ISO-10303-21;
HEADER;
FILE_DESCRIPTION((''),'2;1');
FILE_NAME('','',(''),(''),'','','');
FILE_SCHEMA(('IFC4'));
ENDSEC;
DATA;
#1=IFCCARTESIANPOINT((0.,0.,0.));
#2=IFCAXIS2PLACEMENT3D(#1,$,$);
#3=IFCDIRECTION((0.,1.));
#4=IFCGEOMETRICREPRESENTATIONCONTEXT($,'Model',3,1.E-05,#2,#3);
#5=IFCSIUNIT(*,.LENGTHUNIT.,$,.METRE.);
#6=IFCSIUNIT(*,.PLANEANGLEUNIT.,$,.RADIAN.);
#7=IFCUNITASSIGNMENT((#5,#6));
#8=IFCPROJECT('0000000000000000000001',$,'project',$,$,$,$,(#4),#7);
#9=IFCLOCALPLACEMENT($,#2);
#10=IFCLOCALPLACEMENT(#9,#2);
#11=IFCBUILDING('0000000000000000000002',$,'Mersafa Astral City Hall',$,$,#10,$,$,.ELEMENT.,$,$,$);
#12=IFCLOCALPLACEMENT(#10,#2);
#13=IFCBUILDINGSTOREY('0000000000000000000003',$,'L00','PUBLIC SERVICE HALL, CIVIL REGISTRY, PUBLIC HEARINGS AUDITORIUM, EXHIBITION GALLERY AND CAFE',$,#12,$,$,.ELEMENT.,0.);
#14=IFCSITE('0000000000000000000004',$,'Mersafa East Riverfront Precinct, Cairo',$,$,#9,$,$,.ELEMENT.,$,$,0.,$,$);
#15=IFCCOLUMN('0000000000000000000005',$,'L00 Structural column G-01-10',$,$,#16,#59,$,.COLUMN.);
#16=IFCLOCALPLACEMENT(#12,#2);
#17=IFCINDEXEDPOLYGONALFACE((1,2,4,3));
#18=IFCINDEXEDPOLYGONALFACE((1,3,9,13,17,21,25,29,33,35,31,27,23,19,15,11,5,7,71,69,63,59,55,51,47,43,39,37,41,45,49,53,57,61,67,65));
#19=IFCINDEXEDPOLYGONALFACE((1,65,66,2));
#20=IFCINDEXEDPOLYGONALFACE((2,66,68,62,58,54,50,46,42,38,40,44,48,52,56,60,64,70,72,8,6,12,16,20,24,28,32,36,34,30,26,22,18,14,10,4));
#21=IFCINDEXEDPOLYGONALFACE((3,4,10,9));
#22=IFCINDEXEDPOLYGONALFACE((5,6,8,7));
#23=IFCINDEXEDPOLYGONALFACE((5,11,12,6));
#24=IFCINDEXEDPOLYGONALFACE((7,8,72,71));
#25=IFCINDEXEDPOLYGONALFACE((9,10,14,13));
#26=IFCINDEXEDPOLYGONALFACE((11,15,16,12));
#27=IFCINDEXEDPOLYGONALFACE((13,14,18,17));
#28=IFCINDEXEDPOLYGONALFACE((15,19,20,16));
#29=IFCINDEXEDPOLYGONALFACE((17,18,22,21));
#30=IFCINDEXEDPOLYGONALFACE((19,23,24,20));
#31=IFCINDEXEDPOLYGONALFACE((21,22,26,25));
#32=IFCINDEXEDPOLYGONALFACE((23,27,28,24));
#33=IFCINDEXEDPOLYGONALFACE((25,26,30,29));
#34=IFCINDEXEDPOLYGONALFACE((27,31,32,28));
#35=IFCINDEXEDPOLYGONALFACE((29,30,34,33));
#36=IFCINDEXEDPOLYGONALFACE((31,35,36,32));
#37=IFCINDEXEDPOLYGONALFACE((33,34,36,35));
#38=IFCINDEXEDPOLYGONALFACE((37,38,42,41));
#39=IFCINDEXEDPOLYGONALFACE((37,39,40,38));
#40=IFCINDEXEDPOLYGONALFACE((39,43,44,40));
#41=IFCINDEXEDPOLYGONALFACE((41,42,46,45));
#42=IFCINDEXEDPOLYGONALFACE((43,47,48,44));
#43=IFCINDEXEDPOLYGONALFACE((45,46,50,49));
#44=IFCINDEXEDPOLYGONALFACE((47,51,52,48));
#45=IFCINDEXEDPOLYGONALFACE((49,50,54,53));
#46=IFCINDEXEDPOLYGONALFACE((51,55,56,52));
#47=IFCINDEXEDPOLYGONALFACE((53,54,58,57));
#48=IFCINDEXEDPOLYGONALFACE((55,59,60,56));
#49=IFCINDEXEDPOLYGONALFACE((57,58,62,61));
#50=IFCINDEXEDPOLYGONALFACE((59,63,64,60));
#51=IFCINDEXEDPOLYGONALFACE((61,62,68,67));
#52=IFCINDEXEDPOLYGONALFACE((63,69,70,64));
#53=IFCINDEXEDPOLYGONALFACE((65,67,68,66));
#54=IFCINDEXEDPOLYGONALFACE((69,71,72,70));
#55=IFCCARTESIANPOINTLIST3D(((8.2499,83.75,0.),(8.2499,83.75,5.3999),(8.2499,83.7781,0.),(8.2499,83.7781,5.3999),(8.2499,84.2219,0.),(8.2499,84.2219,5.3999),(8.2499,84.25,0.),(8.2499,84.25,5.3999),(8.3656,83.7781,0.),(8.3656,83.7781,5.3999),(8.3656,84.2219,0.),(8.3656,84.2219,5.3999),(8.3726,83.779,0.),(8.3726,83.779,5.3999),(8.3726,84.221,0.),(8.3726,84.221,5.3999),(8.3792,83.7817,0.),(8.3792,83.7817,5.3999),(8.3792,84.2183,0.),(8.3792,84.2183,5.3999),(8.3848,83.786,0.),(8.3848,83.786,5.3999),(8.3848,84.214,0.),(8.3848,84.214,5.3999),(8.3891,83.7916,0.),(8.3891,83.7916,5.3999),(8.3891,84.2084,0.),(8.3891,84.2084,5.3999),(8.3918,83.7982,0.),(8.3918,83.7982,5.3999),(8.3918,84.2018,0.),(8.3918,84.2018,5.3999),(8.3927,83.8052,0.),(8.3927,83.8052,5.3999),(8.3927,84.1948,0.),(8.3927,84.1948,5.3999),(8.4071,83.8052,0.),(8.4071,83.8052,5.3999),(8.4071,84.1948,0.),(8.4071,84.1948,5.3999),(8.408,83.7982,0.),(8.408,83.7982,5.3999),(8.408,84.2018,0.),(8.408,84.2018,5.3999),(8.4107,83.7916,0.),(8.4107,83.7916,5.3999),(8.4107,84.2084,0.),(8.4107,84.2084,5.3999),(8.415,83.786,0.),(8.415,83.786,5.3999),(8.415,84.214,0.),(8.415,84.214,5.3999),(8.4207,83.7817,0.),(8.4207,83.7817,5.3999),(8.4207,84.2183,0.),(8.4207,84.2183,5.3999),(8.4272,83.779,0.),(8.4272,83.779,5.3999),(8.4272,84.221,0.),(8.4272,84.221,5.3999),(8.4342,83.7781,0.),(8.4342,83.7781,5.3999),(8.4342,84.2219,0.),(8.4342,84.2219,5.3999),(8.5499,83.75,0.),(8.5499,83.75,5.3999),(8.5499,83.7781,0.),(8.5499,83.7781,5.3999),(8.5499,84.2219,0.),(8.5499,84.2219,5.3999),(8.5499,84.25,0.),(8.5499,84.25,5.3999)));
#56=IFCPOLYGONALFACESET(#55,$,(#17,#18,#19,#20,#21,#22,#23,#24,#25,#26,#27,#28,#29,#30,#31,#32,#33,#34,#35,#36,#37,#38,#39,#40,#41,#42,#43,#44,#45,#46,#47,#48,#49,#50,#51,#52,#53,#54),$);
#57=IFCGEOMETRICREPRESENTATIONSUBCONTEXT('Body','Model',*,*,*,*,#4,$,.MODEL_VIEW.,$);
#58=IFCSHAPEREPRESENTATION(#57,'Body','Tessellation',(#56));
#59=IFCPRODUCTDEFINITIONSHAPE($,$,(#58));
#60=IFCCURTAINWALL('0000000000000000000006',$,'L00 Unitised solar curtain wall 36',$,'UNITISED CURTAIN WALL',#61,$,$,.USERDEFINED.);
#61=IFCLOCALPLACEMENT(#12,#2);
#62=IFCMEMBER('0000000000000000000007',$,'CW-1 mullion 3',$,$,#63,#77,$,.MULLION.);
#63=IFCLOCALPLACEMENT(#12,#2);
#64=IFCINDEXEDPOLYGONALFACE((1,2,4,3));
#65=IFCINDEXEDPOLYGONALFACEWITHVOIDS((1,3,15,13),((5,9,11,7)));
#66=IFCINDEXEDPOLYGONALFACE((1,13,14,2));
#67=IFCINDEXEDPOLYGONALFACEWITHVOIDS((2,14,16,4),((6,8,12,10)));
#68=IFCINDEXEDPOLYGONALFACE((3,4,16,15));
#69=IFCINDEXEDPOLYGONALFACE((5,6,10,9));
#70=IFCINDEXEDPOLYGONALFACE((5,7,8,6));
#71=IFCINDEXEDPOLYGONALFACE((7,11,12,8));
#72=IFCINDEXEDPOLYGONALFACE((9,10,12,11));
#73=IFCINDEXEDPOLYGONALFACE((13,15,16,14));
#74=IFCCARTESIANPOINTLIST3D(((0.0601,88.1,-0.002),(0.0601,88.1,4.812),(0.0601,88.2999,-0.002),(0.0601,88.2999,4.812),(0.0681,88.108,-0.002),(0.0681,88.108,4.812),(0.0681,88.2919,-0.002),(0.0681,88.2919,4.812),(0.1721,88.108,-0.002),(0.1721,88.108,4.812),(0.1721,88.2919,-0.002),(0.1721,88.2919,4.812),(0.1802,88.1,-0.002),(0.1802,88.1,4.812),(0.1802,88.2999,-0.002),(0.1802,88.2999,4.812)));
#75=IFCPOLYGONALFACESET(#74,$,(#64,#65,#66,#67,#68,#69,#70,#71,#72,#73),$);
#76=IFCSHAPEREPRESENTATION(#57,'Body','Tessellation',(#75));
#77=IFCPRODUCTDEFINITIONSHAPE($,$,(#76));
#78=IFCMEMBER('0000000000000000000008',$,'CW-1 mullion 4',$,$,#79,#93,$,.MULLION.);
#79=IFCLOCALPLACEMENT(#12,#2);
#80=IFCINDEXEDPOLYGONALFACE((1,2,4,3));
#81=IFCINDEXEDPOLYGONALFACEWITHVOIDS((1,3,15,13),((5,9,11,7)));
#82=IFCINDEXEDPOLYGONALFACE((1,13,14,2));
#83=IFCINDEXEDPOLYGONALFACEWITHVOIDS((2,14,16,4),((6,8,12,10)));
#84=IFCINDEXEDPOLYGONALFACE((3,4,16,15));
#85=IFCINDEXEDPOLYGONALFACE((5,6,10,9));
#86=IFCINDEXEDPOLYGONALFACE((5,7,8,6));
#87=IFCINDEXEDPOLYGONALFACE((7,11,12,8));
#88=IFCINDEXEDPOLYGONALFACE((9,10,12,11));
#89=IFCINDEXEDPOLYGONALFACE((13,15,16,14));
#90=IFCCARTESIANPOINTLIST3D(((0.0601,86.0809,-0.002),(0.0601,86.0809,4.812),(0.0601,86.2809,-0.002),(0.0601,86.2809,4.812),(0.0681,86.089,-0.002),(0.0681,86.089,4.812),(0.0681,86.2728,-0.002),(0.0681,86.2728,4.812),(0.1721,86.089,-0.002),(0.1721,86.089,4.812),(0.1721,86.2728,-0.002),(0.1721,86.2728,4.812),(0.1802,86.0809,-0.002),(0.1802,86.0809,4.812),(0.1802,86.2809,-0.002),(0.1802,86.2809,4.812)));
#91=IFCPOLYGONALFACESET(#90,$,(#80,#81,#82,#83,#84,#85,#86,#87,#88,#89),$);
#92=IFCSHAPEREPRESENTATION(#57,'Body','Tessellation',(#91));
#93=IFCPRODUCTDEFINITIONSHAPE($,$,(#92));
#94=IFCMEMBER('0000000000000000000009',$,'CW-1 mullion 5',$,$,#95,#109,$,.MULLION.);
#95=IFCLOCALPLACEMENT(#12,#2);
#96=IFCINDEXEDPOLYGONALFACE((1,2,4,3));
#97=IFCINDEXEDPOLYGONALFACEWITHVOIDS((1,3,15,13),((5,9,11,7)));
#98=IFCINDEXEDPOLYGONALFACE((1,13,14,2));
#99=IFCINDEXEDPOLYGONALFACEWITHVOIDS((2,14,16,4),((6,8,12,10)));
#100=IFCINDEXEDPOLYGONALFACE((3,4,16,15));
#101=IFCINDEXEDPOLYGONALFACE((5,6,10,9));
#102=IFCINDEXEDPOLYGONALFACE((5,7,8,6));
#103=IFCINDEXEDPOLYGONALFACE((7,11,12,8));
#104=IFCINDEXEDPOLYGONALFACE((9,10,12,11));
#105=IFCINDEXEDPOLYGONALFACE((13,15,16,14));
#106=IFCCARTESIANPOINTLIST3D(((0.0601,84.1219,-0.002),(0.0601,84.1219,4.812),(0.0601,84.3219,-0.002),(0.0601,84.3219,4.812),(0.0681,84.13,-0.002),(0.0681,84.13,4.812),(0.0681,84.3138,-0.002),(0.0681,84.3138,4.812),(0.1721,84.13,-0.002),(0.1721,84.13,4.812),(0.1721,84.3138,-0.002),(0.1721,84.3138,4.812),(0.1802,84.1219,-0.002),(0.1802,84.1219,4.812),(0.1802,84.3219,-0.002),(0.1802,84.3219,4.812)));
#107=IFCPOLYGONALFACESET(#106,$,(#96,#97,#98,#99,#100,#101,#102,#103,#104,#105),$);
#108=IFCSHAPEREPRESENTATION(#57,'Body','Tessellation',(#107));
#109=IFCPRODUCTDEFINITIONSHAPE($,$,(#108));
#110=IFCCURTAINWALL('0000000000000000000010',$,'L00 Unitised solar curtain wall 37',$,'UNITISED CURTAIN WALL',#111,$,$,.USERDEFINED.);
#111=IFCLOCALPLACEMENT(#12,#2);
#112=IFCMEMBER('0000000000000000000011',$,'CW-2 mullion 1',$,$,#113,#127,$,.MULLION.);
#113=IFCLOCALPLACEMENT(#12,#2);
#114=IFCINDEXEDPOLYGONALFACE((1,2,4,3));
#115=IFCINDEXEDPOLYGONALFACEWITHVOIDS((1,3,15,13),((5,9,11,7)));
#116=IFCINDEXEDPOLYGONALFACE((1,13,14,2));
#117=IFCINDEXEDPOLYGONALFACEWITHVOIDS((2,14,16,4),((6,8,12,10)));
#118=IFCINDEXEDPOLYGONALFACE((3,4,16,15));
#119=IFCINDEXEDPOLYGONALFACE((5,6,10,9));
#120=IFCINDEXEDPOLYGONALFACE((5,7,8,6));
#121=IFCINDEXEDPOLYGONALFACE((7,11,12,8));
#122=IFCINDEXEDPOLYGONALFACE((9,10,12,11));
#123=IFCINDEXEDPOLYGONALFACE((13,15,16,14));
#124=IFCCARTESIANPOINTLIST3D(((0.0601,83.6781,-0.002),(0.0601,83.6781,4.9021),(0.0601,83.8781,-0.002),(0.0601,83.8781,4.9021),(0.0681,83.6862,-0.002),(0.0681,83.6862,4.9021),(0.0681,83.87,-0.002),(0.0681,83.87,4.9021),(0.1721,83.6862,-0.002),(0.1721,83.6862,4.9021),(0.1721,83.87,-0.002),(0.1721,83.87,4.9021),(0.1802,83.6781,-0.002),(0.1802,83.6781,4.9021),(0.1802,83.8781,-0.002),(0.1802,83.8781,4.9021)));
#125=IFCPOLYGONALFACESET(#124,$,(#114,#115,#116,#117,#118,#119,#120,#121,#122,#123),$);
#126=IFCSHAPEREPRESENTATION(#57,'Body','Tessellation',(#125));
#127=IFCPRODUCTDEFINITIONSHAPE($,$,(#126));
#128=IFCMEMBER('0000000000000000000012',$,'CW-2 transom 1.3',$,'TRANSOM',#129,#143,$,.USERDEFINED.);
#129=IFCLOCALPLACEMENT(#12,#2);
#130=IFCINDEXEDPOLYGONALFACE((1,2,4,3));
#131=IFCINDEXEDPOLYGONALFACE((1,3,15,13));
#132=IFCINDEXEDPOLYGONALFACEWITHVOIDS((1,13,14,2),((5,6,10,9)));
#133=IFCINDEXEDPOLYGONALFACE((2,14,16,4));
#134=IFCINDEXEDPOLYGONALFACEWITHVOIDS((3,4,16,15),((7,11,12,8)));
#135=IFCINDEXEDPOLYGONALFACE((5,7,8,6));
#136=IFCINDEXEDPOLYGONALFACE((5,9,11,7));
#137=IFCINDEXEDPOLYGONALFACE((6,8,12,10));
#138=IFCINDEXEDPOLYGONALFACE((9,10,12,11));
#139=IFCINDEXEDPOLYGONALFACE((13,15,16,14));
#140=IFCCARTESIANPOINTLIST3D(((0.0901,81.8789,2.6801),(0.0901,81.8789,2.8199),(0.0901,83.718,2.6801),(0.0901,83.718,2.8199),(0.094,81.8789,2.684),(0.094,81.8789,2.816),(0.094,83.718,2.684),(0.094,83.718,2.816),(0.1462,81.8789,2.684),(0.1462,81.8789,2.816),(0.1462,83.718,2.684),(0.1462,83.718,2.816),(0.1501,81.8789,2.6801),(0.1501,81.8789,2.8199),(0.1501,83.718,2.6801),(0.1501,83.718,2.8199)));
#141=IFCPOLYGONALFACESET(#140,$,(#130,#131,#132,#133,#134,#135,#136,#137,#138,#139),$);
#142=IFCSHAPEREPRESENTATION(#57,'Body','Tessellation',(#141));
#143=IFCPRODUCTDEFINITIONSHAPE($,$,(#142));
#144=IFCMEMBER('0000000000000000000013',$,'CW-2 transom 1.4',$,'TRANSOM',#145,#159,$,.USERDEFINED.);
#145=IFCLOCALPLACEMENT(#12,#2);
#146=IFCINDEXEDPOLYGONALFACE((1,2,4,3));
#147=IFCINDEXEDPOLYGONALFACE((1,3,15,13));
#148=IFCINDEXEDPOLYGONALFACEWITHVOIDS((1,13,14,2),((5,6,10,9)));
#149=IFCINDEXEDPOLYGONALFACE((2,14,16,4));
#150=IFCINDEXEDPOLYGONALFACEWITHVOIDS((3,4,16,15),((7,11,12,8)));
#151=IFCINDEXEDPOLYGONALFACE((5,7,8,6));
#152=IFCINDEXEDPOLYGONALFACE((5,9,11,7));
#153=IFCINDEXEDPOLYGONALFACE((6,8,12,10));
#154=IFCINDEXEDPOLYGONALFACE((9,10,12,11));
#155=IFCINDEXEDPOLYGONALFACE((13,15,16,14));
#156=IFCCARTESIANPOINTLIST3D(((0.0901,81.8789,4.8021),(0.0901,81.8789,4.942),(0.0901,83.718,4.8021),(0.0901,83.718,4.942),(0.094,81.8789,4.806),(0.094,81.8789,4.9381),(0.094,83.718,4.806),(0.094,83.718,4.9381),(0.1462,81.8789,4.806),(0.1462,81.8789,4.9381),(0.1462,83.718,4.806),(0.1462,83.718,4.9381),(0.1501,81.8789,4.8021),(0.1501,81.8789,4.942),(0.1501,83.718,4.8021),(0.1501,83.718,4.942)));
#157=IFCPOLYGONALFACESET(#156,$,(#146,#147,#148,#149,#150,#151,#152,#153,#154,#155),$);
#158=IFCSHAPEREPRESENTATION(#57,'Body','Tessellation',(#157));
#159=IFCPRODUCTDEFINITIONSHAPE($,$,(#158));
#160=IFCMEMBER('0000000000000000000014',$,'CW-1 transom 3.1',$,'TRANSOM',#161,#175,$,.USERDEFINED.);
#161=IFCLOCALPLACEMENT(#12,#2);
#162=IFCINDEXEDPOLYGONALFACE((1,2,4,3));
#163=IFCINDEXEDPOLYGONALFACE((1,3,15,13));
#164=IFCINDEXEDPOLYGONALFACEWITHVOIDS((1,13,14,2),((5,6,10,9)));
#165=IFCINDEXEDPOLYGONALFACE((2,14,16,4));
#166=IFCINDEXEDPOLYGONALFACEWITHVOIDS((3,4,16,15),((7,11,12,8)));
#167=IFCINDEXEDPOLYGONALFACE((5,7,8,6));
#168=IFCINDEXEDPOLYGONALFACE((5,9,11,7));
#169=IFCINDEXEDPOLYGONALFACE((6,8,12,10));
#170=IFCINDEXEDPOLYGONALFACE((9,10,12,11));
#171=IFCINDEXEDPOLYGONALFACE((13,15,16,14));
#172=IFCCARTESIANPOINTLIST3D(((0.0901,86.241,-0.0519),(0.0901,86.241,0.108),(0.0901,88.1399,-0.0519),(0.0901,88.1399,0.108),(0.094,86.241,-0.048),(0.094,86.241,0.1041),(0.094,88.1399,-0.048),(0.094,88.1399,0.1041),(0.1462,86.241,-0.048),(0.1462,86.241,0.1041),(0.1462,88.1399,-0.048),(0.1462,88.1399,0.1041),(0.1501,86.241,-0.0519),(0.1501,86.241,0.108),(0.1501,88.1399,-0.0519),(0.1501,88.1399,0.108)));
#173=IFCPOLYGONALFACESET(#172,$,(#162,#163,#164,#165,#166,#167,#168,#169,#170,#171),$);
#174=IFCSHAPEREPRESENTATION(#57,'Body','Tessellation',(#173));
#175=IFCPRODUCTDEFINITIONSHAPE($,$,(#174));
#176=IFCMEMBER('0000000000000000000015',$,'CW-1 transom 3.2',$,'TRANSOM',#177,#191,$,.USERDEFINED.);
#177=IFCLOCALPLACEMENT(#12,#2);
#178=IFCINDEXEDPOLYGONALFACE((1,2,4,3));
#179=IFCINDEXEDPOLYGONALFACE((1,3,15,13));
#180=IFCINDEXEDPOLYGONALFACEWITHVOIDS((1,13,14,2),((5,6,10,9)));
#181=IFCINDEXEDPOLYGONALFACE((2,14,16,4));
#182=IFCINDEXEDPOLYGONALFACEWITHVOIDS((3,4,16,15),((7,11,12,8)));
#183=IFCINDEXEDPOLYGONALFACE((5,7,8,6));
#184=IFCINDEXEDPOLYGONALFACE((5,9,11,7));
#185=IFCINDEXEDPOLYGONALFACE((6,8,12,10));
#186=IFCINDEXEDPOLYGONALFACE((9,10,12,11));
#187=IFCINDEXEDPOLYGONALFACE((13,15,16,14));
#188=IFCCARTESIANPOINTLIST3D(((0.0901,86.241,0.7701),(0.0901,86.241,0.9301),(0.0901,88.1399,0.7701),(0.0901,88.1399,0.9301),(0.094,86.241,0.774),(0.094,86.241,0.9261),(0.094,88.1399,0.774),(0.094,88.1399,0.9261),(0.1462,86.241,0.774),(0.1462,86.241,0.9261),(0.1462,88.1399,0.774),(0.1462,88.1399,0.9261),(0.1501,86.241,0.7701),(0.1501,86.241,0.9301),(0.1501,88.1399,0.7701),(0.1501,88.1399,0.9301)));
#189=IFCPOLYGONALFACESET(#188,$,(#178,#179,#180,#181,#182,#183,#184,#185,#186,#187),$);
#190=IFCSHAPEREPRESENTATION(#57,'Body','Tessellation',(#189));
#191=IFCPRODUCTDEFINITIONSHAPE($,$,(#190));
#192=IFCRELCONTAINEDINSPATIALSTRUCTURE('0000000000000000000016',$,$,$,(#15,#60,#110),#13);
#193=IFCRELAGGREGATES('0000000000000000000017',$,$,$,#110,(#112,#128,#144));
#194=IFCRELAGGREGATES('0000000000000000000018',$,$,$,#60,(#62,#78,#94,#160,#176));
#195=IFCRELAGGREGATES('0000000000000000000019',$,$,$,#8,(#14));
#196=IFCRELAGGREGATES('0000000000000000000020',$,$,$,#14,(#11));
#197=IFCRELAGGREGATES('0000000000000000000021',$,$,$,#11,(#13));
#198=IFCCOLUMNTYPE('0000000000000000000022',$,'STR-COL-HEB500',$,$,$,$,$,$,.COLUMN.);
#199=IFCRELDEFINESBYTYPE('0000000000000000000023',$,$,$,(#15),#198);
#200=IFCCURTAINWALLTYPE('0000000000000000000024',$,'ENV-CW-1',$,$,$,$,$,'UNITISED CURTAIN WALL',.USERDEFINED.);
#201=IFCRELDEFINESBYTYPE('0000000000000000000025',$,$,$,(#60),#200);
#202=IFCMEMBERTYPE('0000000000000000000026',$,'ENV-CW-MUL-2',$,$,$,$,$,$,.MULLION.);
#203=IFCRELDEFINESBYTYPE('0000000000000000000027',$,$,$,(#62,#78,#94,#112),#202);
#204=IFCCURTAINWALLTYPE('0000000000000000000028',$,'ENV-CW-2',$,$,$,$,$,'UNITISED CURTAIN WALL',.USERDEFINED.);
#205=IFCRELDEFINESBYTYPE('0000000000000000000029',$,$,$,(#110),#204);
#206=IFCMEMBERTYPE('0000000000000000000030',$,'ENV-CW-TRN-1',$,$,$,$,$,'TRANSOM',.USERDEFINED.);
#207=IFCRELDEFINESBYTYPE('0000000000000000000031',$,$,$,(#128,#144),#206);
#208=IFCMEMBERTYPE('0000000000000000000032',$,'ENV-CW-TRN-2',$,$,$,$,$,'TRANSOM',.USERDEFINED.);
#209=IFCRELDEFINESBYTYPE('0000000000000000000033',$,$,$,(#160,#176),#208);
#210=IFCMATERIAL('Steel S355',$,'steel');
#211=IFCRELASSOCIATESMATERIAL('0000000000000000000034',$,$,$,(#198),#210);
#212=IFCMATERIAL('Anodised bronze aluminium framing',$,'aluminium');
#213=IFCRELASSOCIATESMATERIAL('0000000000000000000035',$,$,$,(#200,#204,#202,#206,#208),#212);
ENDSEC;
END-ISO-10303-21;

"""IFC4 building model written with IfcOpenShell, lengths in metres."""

from ifc_helpers import new_model, si_unit, direction, frame, origin, origin_2d, place, context, subcontext, project, spatial, hollow_rectangle, i_section, extrude, material, material_profile, profile_set, type_object, element, aggregate, save


model = new_model("IFC4")

# Units and contexts
model_context = context("Model", 3, precision=1e-05, world=origin(), true_north=direction((0.0, 1.0)))
body_context = subcontext(model_context, "Body", "Model", "MODEL_VIEW")
ifc_project = project(units=[si_unit("LENGTHUNIT", "METRE"), si_unit("PLANEANGLEUNIT", "RADIAN")], contexts=[model_context])

# Site, building, storey
site_placement = place(None, origin())
site = spatial("IfcSite", under=ifc_project, at=site_placement, Name="Mersafa East Riverfront Precinct, Cairo", CompositionType="ELEMENT", RefElevation=0.0)
building_placement = place(site_placement, origin())
building = spatial("IfcBuilding", under=site, at=building_placement, Name="Mersafa Astral City Hall", CompositionType="ELEMENT")
storey_placement = place(building_placement, origin())
storey = spatial("IfcBuildingStorey", under=building, at=storey_placement, Name="L00", Description="PUBLIC SERVICE HALL, CIVIL REGISTRY, PUBLIC HEARINGS AUDITORIUM, EXHIBITION GALLERY AND CAFE", CompositionType="ELEMENT", Elevation=0.0)

# Column
ifc_material_1 = material(Name="Steel S355", Category="steel")
ifc_material_profile_1 = material_profile(ifc_material_1, i_section(OverallWidth=0.3, OverallDepth=0.5, WebThickness=0.0144, FlangeThickness=0.0281, FilletRadius=0.0271, at=origin_2d()), Name="HEB 500")
ifc_profile_set_1 = profile_set([ifc_material_profile_1], Name="Steel S355")
column_type = type_object("IfcColumnType", Name="STR-COL-HEB500", PredefinedType="COLUMN", material=ifc_profile_set_1)
column_placement = place(storey_placement, frame((8.3999, 84.0, 0.0), z_axis=(0.0, 0.0, 1.0), x_axis=(1.0, 0.0, 0.0)))
element("IfcColumn", 1, at=column_placement, inside=storey, type_object=column_type, Name="L00 Structural column G-01-10", PredefinedType="COLUMN", context=body_context, shape_type="SweptSolid", body=[
    extrude(i_section(OverallWidth=0.3, OverallDepth=0.5, WebThickness=0.0144, FlangeThickness=0.0281, FilletRadius=0.0271, at=origin_2d()), origin(), (0.0, 0.0, 1.0), 5.3999),
])

# Curtain walls, members
ifc_material_2 = material(Name="Anodised bronze aluminium framing", Category="aluminium")
curtain_wall_type_1 = type_object("IfcCurtainWallType", Name="ENV-CW-1", ElementType="UNITISED CURTAIN WALL", PredefinedType="USERDEFINED", material=ifc_material_2)
curtain_wall_1_placement = place(storey_placement, origin())
curtain_wall_1 = element("IfcCurtainWall", 2, at=curtain_wall_1_placement, inside=storey, type_object=curtain_wall_type_1, Name="L00 Unitised solar curtain wall 36", ObjectType="UNITISED CURTAIN WALL", PredefinedType="USERDEFINED")
ifc_material_profile_2 = material_profile(ifc_material_2, hollow_rectangle(XDim=0.1201, YDim=0.2, WallThickness=0.0081, at=origin_2d()), Name="RHS 120x200x8")
ifc_profile_set_2 = profile_set([ifc_material_profile_2], Name="Anodised bronze aluminium framing")
member_type_1 = type_object("IfcMemberType", Name="ENV-CW-MUL-2", PredefinedType="MULLION", material=ifc_profile_set_2)
member_1_placement = place(storey_placement, frame((0.1201, 88.2, -0.002), z_axis=(0.0, 0.0, 1.0), x_axis=(1.0, 0.0, 0.0)))
member_1 = element("IfcMember", 3, at=member_1_placement, type_object=member_type_1, Name="CW-1 mullion 3", PredefinedType="MULLION", context=body_context, shape_type="SweptSolid", body=[
    extrude(hollow_rectangle(XDim=0.1201, YDim=0.2, WallThickness=0.0081, at=origin_2d()), origin(), (0.0, 0.0, 1.0), 4.814),
])
member_2_placement = place(storey_placement, frame((0.1201, 86.1809, -0.002), z_axis=(0.0, 0.0, 1.0), x_axis=(1.0, 0.0, 0.0)))
member_2 = element("IfcMember", 4, at=member_2_placement, type_object=member_type_1, Name="CW-1 mullion 4", PredefinedType="MULLION", context=body_context, shape_type="SweptSolid", body=[
    extrude(hollow_rectangle(XDim=0.1201, YDim=0.2, WallThickness=0.0081, at=origin_2d()), origin(), (0.0, 0.0, 1.0), 4.814),
])
member_3_placement = place(storey_placement, frame((0.1201, 84.2219, -0.002), z_axis=(0.0, 0.0, 1.0), x_axis=(1.0, 0.0, 0.0)))
member_3 = element("IfcMember", 5, at=member_3_placement, type_object=member_type_1, Name="CW-1 mullion 5", PredefinedType="MULLION", context=body_context, shape_type="SweptSolid", body=[
    extrude(hollow_rectangle(XDim=0.1201, YDim=0.2, WallThickness=0.0081, at=origin_2d()), origin(), (0.0, 0.0, 1.0), 4.814),
])
curtain_wall_type_2 = type_object("IfcCurtainWallType", Name="ENV-CW-2", ElementType="UNITISED CURTAIN WALL", PredefinedType="USERDEFINED", material=ifc_material_2)
curtain_wall_2_placement = place(storey_placement, origin())
curtain_wall_2 = element("IfcCurtainWall", 6, at=curtain_wall_2_placement, inside=storey, type_object=curtain_wall_type_2, Name="L00 Unitised solar curtain wall 37", ObjectType="UNITISED CURTAIN WALL", PredefinedType="USERDEFINED")
member_4_placement = place(storey_placement, frame((0.1201, 83.7781, -0.002), z_axis=(0.0, 0.0, 1.0), x_axis=(1.0, 0.0, 0.0)))
member_4 = element("IfcMember", 7, at=member_4_placement, type_object=member_type_1, Name="CW-2 mullion 1", PredefinedType="MULLION", context=body_context, shape_type="SweptSolid", body=[
    extrude(hollow_rectangle(XDim=0.1201, YDim=0.2, WallThickness=0.0081, at=origin_2d()), origin(), (0.0, 0.0, 1.0), 4.9041),
])
ifc_material_profile_3 = material_profile(ifc_material_2, hollow_rectangle(XDim=0.0601, YDim=0.1399, WallThickness=0.0039, at=origin_2d()), Name="RHS 60x140x4")
ifc_profile_set_3 = profile_set([ifc_material_profile_3], Name="Anodised bronze aluminium framing")
member_type_2 = type_object("IfcMemberType", Name="ENV-CW-TRN-1", ElementType="TRANSOM", PredefinedType="USERDEFINED", material=ifc_profile_set_3)
member_5_placement = place(storey_placement, frame((0.1201, 83.718, 2.75), z_axis=(0.0, -1.0, 0.0), x_axis=(1.0, 0.0, 0.0)))
member_5 = element("IfcMember", 8, at=member_5_placement, type_object=member_type_2, Name="CW-2 transom 1.3", ObjectType="TRANSOM", PredefinedType="USERDEFINED", context=body_context, shape_type="SweptSolid", body=[
    extrude(hollow_rectangle(XDim=0.0601, YDim=0.1399, WallThickness=0.0039, at=origin_2d()), origin(), (0.0, 0.0, 1.0), 1.8391),
])
member_6_placement = place(storey_placement, frame((0.1201, 83.718, 4.8721), z_axis=(0.0, -1.0, 0.0), x_axis=(1.0, 0.0, 0.0)))
member_6 = element("IfcMember", 9, at=member_6_placement, type_object=member_type_2, Name="CW-2 transom 1.4", ObjectType="TRANSOM", PredefinedType="USERDEFINED", context=body_context, shape_type="SweptSolid", body=[
    extrude(hollow_rectangle(XDim=0.0601, YDim=0.1399, WallThickness=0.0039, at=origin_2d()), origin(), (0.0, 0.0, 1.0), 1.8391),
])
aggregate(curtain_wall_2, [member_4, member_5, member_6])

# Members
ifc_material_profile_4 = material_profile(ifc_material_2, hollow_rectangle(XDim=0.0601, YDim=0.1599, WallThickness=0.0039, at=origin_2d()), Name="RHS 60x160x4")
ifc_profile_set_4 = profile_set([ifc_material_profile_4], Name="Anodised bronze aluminium framing")
member_type_3 = type_object("IfcMemberType", Name="ENV-CW-TRN-2", ElementType="TRANSOM", PredefinedType="USERDEFINED", material=ifc_profile_set_4)
member_7_placement = place(storey_placement, frame((0.1201, 88.1399, 0.0281), z_axis=(0.0, -1.0, 0.0), x_axis=(1.0, 0.0, 0.0)))
member_7 = element("IfcMember", 10, at=member_7_placement, type_object=member_type_3, Name="CW-1 transom 3.1", ObjectType="TRANSOM", PredefinedType="USERDEFINED", context=body_context, shape_type="SweptSolid", body=[
    extrude(hollow_rectangle(XDim=0.0601, YDim=0.1599, WallThickness=0.0039, at=origin_2d()), origin(), (0.0, 0.0, 1.0), 1.8989),
])
member_8_placement = place(storey_placement, frame((0.1201, 88.1399, 0.8501), z_axis=(0.0, -1.0, 0.0), x_axis=(1.0, 0.0, 0.0)))
member_8 = element("IfcMember", 11, at=member_8_placement, type_object=member_type_3, Name="CW-1 transom 3.2", ObjectType="TRANSOM", PredefinedType="USERDEFINED", context=body_context, shape_type="SweptSolid", body=[
    extrude(hollow_rectangle(XDim=0.0601, YDim=0.1599, WallThickness=0.0039, at=origin_2d()), origin(), (0.0, 0.0, 1.0), 1.8989),
])

aggregate(curtain_wall_1, [member_1, member_2, member_3, member_7, member_8])

save(model, "model.ifc")
